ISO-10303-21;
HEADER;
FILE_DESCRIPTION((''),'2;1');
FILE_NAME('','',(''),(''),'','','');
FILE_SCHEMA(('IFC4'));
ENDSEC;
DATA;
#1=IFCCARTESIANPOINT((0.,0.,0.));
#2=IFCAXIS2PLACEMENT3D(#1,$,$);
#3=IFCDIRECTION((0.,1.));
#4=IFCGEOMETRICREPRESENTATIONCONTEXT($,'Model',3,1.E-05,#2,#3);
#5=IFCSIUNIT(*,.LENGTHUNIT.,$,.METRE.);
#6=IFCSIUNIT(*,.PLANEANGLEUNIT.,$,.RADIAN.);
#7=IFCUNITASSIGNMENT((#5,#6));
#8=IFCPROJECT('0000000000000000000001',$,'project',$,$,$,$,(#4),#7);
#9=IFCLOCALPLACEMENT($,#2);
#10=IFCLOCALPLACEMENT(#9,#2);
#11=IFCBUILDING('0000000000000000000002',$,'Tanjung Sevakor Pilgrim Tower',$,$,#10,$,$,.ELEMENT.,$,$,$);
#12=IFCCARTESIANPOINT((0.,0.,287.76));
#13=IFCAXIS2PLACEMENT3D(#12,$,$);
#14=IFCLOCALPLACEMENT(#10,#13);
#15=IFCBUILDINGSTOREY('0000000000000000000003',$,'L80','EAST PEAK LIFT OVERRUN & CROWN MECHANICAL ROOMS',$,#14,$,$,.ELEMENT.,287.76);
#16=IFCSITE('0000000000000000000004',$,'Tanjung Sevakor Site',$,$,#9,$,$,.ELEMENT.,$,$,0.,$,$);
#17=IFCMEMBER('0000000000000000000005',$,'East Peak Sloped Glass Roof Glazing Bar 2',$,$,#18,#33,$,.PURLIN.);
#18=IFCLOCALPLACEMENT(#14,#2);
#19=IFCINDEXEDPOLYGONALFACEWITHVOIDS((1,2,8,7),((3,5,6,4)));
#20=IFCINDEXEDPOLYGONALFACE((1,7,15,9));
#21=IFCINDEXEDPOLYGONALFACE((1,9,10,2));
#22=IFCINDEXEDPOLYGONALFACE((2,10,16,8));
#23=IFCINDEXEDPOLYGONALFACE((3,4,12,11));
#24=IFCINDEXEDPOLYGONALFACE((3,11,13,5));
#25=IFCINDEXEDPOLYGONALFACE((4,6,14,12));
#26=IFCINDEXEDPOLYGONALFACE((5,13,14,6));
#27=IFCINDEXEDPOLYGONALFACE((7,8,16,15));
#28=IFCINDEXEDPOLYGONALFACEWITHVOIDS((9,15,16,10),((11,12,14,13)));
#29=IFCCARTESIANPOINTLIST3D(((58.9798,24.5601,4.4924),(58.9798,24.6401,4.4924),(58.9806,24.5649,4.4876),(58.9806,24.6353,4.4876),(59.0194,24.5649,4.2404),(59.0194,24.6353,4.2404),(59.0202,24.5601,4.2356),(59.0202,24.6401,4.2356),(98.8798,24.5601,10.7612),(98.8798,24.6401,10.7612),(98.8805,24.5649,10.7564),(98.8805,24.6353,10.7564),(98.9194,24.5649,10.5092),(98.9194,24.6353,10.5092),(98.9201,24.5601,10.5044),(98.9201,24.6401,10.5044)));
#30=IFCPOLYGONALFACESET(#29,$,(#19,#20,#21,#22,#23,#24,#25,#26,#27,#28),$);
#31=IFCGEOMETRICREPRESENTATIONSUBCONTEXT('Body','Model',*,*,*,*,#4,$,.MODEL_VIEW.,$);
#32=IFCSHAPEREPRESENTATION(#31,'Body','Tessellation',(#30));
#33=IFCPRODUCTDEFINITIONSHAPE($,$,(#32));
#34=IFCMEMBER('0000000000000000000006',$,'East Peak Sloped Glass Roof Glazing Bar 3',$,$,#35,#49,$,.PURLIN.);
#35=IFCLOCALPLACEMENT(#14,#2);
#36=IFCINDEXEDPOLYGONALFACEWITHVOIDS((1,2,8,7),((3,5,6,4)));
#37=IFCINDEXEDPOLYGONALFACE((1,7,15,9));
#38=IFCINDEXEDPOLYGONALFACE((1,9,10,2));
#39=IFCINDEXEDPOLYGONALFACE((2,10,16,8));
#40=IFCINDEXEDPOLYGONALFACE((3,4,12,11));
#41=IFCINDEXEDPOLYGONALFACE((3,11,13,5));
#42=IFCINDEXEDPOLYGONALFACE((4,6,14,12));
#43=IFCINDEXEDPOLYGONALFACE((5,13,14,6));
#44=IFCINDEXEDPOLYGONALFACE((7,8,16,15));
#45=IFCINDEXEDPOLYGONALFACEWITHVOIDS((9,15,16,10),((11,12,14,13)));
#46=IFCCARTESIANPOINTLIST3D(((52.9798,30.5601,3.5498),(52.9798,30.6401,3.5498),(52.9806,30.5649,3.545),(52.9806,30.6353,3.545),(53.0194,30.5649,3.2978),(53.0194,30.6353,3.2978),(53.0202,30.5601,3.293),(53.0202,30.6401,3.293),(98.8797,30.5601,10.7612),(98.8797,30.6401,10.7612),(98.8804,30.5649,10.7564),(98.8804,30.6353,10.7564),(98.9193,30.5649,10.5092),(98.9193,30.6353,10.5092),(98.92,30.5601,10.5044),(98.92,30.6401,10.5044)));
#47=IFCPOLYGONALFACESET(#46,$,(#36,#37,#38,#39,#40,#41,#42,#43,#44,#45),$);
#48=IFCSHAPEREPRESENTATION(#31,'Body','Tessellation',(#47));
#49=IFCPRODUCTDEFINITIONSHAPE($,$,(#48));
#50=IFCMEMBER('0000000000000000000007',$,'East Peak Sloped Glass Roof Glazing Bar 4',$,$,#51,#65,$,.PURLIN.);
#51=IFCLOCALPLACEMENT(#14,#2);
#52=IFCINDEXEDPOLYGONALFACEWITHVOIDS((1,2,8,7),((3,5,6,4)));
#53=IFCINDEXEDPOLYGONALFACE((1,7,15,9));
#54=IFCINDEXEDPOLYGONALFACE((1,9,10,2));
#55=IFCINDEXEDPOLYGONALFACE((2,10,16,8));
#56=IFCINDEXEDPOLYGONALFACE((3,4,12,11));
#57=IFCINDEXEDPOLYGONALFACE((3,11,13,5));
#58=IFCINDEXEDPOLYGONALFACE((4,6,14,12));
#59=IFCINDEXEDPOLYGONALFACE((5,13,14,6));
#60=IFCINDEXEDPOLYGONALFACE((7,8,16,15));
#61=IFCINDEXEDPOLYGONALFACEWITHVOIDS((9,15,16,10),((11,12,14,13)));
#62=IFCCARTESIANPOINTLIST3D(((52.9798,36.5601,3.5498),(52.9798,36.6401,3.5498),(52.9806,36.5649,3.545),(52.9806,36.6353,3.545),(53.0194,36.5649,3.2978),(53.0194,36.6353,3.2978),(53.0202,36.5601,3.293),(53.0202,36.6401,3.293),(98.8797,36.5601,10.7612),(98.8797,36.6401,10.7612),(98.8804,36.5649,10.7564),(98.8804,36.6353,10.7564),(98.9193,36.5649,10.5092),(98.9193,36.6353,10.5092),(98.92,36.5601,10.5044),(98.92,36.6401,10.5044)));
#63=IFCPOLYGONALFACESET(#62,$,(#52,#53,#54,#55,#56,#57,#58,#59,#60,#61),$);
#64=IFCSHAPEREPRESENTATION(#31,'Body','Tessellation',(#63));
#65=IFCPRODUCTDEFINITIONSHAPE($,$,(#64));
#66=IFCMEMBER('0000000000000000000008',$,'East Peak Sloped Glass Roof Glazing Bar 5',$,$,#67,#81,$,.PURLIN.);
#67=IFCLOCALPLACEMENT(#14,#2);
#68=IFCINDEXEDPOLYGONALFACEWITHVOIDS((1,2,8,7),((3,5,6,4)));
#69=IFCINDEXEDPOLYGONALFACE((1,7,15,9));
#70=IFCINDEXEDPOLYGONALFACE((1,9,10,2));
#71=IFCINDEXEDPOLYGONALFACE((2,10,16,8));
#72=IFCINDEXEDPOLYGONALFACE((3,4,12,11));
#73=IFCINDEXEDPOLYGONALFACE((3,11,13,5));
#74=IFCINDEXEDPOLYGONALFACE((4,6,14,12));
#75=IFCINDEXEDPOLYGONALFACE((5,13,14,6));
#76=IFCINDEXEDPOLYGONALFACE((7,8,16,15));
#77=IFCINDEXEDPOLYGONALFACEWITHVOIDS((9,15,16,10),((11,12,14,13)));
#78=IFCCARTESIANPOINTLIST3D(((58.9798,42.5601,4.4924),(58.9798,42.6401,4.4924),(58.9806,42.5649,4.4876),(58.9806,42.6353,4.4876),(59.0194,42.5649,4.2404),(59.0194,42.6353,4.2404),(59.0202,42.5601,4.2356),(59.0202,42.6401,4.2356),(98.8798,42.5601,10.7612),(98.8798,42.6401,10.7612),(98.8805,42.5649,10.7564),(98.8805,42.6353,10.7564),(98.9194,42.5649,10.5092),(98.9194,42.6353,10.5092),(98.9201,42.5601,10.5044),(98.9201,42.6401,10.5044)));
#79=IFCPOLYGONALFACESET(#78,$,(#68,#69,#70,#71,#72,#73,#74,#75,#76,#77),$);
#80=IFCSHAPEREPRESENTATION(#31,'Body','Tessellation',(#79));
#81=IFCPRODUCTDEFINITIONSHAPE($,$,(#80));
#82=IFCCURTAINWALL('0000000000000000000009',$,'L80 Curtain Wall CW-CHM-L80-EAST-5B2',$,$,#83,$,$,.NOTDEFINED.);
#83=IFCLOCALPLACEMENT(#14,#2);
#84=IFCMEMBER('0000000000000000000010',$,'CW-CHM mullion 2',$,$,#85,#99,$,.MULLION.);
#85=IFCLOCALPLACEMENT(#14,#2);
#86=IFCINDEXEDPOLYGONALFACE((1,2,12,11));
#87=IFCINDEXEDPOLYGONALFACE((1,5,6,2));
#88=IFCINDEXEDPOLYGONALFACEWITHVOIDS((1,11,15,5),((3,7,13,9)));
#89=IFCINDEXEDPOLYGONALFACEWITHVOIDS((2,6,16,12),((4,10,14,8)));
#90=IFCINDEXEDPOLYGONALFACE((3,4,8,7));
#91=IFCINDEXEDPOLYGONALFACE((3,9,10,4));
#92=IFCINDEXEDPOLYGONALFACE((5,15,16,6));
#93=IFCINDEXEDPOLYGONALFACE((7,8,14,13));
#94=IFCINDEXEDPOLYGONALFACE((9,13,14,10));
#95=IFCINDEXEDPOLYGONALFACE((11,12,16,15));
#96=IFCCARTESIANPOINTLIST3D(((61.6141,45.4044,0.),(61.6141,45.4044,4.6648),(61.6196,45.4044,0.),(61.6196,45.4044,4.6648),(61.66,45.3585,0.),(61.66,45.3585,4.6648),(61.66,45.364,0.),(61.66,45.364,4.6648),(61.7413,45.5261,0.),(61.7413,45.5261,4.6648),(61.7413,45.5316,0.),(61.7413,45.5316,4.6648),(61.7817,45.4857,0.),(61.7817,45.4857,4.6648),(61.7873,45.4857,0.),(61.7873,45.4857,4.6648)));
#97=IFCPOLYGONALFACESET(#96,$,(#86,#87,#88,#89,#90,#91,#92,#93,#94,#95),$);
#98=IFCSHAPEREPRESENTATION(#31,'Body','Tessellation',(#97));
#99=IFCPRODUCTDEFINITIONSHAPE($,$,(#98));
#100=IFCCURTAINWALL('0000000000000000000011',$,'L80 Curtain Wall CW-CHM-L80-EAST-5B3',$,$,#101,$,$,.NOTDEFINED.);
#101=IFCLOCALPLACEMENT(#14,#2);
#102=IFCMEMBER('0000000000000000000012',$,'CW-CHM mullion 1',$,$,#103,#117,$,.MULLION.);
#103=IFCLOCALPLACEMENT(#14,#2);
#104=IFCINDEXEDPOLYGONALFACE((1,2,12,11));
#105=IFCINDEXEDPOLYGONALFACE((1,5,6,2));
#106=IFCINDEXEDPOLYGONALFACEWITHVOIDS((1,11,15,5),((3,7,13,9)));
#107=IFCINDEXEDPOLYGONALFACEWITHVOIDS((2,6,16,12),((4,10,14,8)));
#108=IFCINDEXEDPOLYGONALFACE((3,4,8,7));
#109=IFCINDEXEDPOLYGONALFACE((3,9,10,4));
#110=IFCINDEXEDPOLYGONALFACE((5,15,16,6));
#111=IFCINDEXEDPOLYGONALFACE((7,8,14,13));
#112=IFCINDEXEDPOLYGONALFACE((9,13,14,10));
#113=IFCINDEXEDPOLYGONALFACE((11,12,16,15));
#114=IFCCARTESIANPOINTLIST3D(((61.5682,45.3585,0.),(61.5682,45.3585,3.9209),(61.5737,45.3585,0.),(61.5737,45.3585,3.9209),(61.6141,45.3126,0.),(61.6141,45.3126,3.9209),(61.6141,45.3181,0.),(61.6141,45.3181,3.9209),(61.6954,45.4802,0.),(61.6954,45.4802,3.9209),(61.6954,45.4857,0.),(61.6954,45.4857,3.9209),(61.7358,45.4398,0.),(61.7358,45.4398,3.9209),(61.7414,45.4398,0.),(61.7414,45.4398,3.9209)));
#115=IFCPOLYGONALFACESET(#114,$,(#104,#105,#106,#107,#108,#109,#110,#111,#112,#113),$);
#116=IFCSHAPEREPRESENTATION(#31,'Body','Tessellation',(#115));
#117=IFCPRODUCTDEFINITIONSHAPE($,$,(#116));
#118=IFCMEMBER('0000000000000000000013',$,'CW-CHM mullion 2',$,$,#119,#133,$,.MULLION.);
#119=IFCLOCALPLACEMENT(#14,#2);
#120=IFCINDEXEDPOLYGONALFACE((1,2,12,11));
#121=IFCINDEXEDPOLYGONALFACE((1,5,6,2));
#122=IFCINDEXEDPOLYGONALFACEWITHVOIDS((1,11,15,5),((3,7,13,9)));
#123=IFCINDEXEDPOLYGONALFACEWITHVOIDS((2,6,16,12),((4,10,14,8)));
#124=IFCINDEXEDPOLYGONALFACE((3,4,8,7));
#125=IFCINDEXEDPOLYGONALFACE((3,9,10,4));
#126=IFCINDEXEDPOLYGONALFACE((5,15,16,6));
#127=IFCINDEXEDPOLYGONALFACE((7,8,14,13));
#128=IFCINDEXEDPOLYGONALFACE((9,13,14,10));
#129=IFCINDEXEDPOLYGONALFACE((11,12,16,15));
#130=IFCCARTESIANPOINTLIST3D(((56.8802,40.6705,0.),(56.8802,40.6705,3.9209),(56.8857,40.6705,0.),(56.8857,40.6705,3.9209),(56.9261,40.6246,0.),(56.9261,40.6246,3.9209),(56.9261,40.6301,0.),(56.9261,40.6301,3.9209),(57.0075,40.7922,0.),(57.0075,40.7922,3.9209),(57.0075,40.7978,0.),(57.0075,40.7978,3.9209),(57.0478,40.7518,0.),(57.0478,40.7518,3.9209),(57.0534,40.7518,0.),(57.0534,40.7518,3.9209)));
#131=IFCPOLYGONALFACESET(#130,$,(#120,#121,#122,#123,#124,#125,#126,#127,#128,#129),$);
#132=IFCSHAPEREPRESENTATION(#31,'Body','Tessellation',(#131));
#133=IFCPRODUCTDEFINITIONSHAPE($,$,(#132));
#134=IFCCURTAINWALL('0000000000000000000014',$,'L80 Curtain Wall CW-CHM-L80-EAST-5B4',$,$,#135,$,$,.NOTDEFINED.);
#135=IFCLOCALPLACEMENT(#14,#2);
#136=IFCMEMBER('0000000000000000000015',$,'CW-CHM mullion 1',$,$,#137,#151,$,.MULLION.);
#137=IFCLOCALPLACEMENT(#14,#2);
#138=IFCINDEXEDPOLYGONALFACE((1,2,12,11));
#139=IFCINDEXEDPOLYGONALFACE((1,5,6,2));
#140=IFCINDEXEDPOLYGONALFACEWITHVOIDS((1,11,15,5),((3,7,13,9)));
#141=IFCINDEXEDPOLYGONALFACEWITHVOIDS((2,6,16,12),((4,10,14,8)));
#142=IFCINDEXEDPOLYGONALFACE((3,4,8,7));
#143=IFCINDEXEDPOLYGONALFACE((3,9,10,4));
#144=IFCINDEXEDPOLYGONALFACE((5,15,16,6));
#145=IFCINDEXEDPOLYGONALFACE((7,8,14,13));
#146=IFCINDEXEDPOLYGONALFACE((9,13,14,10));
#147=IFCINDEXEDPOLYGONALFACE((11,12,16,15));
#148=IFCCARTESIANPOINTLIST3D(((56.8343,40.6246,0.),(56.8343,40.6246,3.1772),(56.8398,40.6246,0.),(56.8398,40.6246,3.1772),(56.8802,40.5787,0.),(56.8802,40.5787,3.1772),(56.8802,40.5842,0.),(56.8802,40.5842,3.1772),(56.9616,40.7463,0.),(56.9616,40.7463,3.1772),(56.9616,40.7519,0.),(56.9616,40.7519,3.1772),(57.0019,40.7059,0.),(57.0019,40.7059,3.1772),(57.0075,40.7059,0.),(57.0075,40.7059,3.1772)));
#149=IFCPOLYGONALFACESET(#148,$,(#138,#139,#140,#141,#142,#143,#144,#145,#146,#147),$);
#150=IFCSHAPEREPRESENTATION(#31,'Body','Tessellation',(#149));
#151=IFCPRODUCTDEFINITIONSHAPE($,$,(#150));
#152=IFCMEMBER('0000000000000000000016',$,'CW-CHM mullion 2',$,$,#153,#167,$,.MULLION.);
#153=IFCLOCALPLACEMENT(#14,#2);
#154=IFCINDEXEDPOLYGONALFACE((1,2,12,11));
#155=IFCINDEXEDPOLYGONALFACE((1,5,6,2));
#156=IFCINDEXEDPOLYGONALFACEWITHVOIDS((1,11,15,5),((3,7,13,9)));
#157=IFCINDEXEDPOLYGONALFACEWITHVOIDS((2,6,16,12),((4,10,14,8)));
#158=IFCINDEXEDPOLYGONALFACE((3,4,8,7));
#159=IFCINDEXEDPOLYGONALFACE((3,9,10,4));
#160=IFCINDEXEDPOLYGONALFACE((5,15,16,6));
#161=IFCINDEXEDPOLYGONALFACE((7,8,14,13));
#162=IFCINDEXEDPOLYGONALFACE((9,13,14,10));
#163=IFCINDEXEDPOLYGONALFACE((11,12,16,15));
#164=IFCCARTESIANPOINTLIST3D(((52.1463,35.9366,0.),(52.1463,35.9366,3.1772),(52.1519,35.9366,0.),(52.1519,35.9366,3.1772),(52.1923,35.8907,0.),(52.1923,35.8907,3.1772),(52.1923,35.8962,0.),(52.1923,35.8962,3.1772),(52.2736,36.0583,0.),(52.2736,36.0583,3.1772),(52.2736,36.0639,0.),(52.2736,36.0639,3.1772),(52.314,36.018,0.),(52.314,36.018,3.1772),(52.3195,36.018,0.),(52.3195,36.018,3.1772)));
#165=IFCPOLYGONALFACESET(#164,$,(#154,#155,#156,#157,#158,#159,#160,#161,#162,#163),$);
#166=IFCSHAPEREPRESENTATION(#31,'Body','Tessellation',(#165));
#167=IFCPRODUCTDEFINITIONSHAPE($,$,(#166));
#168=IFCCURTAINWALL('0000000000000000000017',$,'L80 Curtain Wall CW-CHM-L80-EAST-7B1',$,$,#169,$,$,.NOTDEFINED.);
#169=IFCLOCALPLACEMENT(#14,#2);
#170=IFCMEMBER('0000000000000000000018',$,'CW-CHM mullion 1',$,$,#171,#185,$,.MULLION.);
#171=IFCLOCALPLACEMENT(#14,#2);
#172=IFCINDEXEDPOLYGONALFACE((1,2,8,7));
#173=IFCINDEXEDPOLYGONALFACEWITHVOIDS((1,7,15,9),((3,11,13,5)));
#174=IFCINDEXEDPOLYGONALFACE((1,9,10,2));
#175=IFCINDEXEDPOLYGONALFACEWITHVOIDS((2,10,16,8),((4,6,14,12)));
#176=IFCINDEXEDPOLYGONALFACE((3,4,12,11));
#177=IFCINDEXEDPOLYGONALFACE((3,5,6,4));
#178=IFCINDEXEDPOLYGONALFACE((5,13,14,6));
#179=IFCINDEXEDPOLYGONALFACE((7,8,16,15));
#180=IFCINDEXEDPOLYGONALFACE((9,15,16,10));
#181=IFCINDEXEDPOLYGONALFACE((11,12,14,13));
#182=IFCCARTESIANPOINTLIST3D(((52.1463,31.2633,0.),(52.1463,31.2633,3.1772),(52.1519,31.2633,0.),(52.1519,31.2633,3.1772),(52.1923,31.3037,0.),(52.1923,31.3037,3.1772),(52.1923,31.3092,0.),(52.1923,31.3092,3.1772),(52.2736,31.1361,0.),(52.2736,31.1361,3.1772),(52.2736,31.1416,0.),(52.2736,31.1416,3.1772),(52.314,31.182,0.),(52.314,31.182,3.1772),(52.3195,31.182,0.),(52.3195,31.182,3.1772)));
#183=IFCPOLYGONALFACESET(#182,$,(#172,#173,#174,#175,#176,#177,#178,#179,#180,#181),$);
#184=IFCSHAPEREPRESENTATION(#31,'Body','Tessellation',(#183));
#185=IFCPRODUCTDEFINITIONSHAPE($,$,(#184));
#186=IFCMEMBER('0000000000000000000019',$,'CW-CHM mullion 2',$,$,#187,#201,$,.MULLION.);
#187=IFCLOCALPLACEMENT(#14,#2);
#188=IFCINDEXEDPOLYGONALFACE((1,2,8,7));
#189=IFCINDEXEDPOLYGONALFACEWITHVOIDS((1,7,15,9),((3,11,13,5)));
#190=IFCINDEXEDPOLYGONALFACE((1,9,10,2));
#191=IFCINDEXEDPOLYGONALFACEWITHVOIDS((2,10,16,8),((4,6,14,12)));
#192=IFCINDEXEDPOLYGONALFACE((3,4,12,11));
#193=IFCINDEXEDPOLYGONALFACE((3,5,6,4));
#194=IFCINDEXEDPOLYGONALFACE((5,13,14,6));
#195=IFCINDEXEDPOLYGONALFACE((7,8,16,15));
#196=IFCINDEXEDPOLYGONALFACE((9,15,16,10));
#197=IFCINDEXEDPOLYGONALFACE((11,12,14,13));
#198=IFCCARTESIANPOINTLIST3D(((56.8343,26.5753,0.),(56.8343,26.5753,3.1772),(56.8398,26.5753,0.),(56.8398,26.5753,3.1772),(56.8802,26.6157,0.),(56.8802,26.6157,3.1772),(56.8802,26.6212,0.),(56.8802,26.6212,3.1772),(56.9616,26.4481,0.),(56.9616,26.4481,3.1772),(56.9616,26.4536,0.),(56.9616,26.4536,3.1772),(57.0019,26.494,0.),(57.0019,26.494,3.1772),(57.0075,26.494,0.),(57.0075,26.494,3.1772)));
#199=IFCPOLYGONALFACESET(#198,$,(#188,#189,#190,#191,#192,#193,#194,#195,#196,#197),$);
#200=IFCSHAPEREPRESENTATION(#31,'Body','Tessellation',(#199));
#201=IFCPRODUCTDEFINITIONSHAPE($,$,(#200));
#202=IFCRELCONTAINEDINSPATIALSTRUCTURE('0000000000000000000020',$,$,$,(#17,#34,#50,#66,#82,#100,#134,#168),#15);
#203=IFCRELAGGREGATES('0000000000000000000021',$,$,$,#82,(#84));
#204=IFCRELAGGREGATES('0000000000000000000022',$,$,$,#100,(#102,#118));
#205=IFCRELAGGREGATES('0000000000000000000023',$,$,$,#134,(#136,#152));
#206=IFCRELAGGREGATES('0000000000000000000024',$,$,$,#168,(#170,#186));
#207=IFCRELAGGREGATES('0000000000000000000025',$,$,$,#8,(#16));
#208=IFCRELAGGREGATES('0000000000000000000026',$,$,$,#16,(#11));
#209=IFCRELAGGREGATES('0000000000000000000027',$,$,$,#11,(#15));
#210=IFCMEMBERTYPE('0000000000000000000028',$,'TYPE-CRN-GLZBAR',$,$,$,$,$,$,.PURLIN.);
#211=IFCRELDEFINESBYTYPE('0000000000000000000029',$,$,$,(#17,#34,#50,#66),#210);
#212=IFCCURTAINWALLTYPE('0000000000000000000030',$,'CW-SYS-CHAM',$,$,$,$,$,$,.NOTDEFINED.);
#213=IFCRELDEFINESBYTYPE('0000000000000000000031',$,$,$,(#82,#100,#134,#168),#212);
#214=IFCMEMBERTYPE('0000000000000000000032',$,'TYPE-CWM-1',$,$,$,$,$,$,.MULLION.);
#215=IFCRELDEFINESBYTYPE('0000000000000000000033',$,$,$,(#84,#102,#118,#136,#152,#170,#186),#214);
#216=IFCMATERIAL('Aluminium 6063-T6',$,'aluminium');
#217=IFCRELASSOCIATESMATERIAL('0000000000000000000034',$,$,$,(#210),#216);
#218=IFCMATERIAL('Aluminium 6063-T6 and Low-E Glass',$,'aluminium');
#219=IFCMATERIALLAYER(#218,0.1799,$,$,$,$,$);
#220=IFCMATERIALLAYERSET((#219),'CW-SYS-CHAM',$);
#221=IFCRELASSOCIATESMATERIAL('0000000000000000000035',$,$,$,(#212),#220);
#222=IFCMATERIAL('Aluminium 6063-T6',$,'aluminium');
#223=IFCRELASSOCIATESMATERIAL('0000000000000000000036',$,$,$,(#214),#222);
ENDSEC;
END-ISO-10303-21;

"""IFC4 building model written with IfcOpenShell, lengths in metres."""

from ifc_helpers import new_model, si_unit, direction, frame, origin, origin_2d, place, context, subcontext, project, spatial, hollow_rectangle, extrude, material, layer, layer_set, material_profile, profile_set, type_object, element, aggregate, save


model = new_model("IFC4")

# Units and contexts
model_context = context("Model", 3, precision=1e-05, world=origin(), true_north=direction((0.0, 1.0)))
body_context = subcontext(model_context, "Body", "Model", "MODEL_VIEW")
ifc_project = project(units=[si_unit("LENGTHUNIT", "METRE"), si_unit("PLANEANGLEUNIT", "RADIAN")], contexts=[model_context])

# Site, building, storey
site_placement = place(None, origin())
site = spatial("IfcSite", under=ifc_project, at=site_placement, Name="Tanjung Sevakor Site", CompositionType="ELEMENT", RefElevation=0.0)
building_placement = place(site_placement, origin())
building = spatial("IfcBuilding", under=site, at=building_placement, Name="Tanjung Sevakor Pilgrim Tower", CompositionType="ELEMENT")
storey_placement = place(building_placement, frame((0.0, 0.0, 287.76)))
storey = spatial("IfcBuildingStorey", under=building, at=storey_placement, Name="L80", Description="EAST PEAK LIFT OVERRUN & CROWN MECHANICAL ROOMS", CompositionType="ELEMENT", Elevation=287.76)

# Members
ifc_material_1 = material(Name="Aluminium 6063-T6", Category="aluminium")
ifc_material_profile_1 = material_profile(ifc_material_1, hollow_rectangle(XDim=0.0801, YDim=0.26, WallThickness=0.0049, at=origin_2d()))
ifc_profile_set_1 = profile_set([ifc_material_profile_1], Name="Aluminium 6063-T6")
member_type_1 = type_object("IfcMemberType", Name="TYPE-CRN-GLZBAR", PredefinedType="PURLIN", material=ifc_profile_set_1)
member_1_placement = place(storey_placement, frame((59.0, 24.6001, 4.364), z_axis=(0.987882, 0.0, 0.155209), x_axis=(0.0, 1.0, 0.0)))
element("IfcMember", 1, at=member_1_placement, inside=storey, type_object=member_type_1, Name="East Peak Sloped Glass Roof Glazing Bar 2", PredefinedType="PURLIN", context=body_context, shape_type="SweptSolid", body=[
    extrude(hollow_rectangle(XDim=0.0801, YDim=0.26, WallThickness=0.0049, at=origin_2d()), origin(), (0.0, 0.0, 1.0), 40.3894),
])
for number, where, z_axis, x_axis, name in (
    (2, (53.0, 30.6001, 3.4214), (0.987882, 0.0, 0.155208), (0.0, 1.0, 0.0), "East Peak Sloped Glass Roof Glazing Bar 3"),
    (3, (53.0, 36.6001, 3.4214), (0.987882, 0.0, 0.155208), (0.0, 1.0, 0.0), "East Peak Sloped Glass Roof Glazing Bar 4"),
):
    element("IfcMember", number, at=place(storey_placement, frame(where, z_axis=z_axis, x_axis=x_axis)), inside=storey, type_object=member_type_1, Name=name, PredefinedType="PURLIN", context=body_context, shape_type="SweptSolid", body=[
        extrude(hollow_rectangle(XDim=0.0801, YDim=0.26, WallThickness=0.0049, at=origin_2d()), origin(), (0.0, 0.0, 1.0), 46.4629),
    ])
member_2_placement = place(storey_placement, frame((59.0, 42.6001, 4.364), z_axis=(0.987882, 0.0, 0.155209), x_axis=(0.0, 1.0, 0.0)))
element("IfcMember", 4, at=member_2_placement, inside=storey, type_object=member_type_1, Name="East Peak Sloped Glass Roof Glazing Bar 5", PredefinedType="PURLIN", context=body_context, shape_type="SweptSolid", body=[
    extrude(hollow_rectangle(XDim=0.0801, YDim=0.26, WallThickness=0.0049, at=origin_2d()), origin(), (0.0, 0.0, 1.0), 40.3894),
])

# Curtain wall, member
ifc_material_2 = material(Name="Aluminium 6063-T6 and Low-E Glass", Category="aluminium")
ifc_layer_1 = layer(ifc_material_2, 0.1799)
ifc_layer_set_1 = layer_set([ifc_layer_1], Name="CW-SYS-CHAM")
curtain_wall_type = type_object("IfcCurtainWallType", Name="CW-SYS-CHAM", PredefinedType="NOTDEFINED", material=ifc_layer_set_1)
curtain_wall_1_placement = place(storey_placement, origin())
curtain_wall_1 = element("IfcCurtainWall", 5, at=curtain_wall_1_placement, inside=storey, type_object=curtain_wall_type, Name="L80 Curtain Wall CW-CHM-L80-EAST-5B2", PredefinedType="NOTDEFINED")
ifc_material_3 = material(Name="Aluminium 6063-T6", Category="aluminium")
ifc_material_profile_2 = material_profile(ifc_material_3, hollow_rectangle(XDim=0.0649, YDim=0.1799, WallThickness=0.0039, at=origin_2d()))
ifc_profile_set_2 = profile_set([ifc_material_profile_2], Name="Aluminium 6063-T6")
member_type_2 = type_object("IfcMemberType", Name="TYPE-CWM-1", PredefinedType="MULLION", material=ifc_profile_set_2)
member_3_placement = place(storey_placement, frame((61.7007, 45.4451, 0.0), z_axis=(0.0, 0.0, 1.0), x_axis=(0.707107, -0.707107, 0.0)))
member_3 = element("IfcMember", 6, at=member_3_placement, type_object=member_type_2, Name="CW-CHM mullion 2", PredefinedType="MULLION", context=body_context, shape_type="SweptSolid", body=[
    extrude(hollow_rectangle(XDim=0.0649, YDim=0.1799, WallThickness=0.0039, at=origin_2d()), origin(), (0.0, 0.0, 1.0), 4.6648),
])
aggregate(curtain_wall_1, [member_3])

# Curtain walls, members
curtain_wall_2_placement = place(storey_placement, origin())
curtain_wall_2 = element("IfcCurtainWall", 7, at=curtain_wall_2_placement, inside=storey, type_object=curtain_wall_type, Name="L80 Curtain Wall CW-CHM-L80-EAST-5B3", PredefinedType="NOTDEFINED")
member_4_placement = place(storey_placement, frame((61.6548, 45.3992, 0.0), z_axis=(0.0, 0.0, 1.0), x_axis=(0.707107, -0.707107, 0.0)))
member_4 = element("IfcMember", 8, at=member_4_placement, type_object=member_type_2, Name="CW-CHM mullion 1", PredefinedType="MULLION", context=body_context, shape_type="SweptSolid", body=[
    extrude(hollow_rectangle(XDim=0.0649, YDim=0.1799, WallThickness=0.0039, at=origin_2d()), origin(), (0.0, 0.0, 1.0), 3.9209),
])
member_5_placement = place(storey_placement, frame((56.9668, 40.7112, 0.0), z_axis=(0.0, 0.0, 1.0), x_axis=(0.707107, -0.707107, 0.0)))
member_5 = element("IfcMember", 9, at=member_5_placement, type_object=member_type_2, Name="CW-CHM mullion 2", PredefinedType="MULLION", context=body_context, shape_type="SweptSolid", body=[
    extrude(hollow_rectangle(XDim=0.0649, YDim=0.1799, WallThickness=0.0039, at=origin_2d()), origin(), (0.0, 0.0, 1.0), 3.9209),
])
curtain_wall_3_placement = place(storey_placement, origin())
curtain_wall_3 = element("IfcCurtainWall", 10, at=curtain_wall_3_placement, inside=storey, type_object=curtain_wall_type, Name="L80 Curtain Wall CW-CHM-L80-EAST-5B4", PredefinedType="NOTDEFINED")
member_6_placement = place(storey_placement, frame((56.9209, 40.6653, 0.0), z_axis=(0.0, 0.0, 1.0), x_axis=(0.707107, -0.707107, 0.0)))
member_6 = element("IfcMember", 11, at=member_6_placement, type_object=member_type_2, Name="CW-CHM mullion 1", PredefinedType="MULLION", context=body_context, shape_type="SweptSolid", body=[
    extrude(hollow_rectangle(XDim=0.0649, YDim=0.1799, WallThickness=0.0039, at=origin_2d()), origin(), (0.0, 0.0, 1.0), 3.1772),
])
member_7_placement = place(storey_placement, frame((52.2329, 35.9773, 0.0), z_axis=(0.0, 0.0, 1.0), x_axis=(0.707107, -0.707107, 0.0)))
member_7 = element("IfcMember", 12, at=member_7_placement, type_object=member_type_2, Name="CW-CHM mullion 2", PredefinedType="MULLION", context=body_context, shape_type="SweptSolid", body=[
    extrude(hollow_rectangle(XDim=0.0649, YDim=0.1799, WallThickness=0.0039, at=origin_2d()), origin(), (0.0, 0.0, 1.0), 3.1772),
])
curtain_wall_4_placement = place(storey_placement, origin())
curtain_wall_4 = element("IfcCurtainWall", 13, at=curtain_wall_4_placement, inside=storey, type_object=curtain_wall_type, Name="L80 Curtain Wall CW-CHM-L80-EAST-7B1", PredefinedType="NOTDEFINED")
member_8_placement = place(storey_placement, frame((52.2329, 31.2227, 0.0), z_axis=(0.0, 0.0, 1.0), x_axis=(0.707107, 0.707107, 0.0)))
member_8 = element("IfcMember", 14, at=member_8_placement, type_object=member_type_2, Name="CW-CHM mullion 1", PredefinedType="MULLION", context=body_context, shape_type="SweptSolid", body=[
    extrude(hollow_rectangle(XDim=0.0649, YDim=0.1799, WallThickness=0.0039, at=origin_2d()), origin(), (0.0, 0.0, 1.0), 3.1772),
])
member_9_placement = place(storey_placement, frame((56.9209, 26.5347, 0.0), z_axis=(0.0, 0.0, 1.0), x_axis=(0.707107, 0.707107, 0.0)))
member_9 = element("IfcMember", 15, at=member_9_placement, type_object=member_type_2, Name="CW-CHM mullion 2", PredefinedType="MULLION", context=body_context, shape_type="SweptSolid", body=[
    extrude(hollow_rectangle(XDim=0.0649, YDim=0.1799, WallThickness=0.0039, at=origin_2d()), origin(), (0.0, 0.0, 1.0), 3.1772),
])

aggregate(curtain_wall_2, [member_4, member_5])
aggregate(curtain_wall_3, [member_6, member_7])
aggregate(curtain_wall_4, [member_8, member_9])

save(model, "model.ifc")
